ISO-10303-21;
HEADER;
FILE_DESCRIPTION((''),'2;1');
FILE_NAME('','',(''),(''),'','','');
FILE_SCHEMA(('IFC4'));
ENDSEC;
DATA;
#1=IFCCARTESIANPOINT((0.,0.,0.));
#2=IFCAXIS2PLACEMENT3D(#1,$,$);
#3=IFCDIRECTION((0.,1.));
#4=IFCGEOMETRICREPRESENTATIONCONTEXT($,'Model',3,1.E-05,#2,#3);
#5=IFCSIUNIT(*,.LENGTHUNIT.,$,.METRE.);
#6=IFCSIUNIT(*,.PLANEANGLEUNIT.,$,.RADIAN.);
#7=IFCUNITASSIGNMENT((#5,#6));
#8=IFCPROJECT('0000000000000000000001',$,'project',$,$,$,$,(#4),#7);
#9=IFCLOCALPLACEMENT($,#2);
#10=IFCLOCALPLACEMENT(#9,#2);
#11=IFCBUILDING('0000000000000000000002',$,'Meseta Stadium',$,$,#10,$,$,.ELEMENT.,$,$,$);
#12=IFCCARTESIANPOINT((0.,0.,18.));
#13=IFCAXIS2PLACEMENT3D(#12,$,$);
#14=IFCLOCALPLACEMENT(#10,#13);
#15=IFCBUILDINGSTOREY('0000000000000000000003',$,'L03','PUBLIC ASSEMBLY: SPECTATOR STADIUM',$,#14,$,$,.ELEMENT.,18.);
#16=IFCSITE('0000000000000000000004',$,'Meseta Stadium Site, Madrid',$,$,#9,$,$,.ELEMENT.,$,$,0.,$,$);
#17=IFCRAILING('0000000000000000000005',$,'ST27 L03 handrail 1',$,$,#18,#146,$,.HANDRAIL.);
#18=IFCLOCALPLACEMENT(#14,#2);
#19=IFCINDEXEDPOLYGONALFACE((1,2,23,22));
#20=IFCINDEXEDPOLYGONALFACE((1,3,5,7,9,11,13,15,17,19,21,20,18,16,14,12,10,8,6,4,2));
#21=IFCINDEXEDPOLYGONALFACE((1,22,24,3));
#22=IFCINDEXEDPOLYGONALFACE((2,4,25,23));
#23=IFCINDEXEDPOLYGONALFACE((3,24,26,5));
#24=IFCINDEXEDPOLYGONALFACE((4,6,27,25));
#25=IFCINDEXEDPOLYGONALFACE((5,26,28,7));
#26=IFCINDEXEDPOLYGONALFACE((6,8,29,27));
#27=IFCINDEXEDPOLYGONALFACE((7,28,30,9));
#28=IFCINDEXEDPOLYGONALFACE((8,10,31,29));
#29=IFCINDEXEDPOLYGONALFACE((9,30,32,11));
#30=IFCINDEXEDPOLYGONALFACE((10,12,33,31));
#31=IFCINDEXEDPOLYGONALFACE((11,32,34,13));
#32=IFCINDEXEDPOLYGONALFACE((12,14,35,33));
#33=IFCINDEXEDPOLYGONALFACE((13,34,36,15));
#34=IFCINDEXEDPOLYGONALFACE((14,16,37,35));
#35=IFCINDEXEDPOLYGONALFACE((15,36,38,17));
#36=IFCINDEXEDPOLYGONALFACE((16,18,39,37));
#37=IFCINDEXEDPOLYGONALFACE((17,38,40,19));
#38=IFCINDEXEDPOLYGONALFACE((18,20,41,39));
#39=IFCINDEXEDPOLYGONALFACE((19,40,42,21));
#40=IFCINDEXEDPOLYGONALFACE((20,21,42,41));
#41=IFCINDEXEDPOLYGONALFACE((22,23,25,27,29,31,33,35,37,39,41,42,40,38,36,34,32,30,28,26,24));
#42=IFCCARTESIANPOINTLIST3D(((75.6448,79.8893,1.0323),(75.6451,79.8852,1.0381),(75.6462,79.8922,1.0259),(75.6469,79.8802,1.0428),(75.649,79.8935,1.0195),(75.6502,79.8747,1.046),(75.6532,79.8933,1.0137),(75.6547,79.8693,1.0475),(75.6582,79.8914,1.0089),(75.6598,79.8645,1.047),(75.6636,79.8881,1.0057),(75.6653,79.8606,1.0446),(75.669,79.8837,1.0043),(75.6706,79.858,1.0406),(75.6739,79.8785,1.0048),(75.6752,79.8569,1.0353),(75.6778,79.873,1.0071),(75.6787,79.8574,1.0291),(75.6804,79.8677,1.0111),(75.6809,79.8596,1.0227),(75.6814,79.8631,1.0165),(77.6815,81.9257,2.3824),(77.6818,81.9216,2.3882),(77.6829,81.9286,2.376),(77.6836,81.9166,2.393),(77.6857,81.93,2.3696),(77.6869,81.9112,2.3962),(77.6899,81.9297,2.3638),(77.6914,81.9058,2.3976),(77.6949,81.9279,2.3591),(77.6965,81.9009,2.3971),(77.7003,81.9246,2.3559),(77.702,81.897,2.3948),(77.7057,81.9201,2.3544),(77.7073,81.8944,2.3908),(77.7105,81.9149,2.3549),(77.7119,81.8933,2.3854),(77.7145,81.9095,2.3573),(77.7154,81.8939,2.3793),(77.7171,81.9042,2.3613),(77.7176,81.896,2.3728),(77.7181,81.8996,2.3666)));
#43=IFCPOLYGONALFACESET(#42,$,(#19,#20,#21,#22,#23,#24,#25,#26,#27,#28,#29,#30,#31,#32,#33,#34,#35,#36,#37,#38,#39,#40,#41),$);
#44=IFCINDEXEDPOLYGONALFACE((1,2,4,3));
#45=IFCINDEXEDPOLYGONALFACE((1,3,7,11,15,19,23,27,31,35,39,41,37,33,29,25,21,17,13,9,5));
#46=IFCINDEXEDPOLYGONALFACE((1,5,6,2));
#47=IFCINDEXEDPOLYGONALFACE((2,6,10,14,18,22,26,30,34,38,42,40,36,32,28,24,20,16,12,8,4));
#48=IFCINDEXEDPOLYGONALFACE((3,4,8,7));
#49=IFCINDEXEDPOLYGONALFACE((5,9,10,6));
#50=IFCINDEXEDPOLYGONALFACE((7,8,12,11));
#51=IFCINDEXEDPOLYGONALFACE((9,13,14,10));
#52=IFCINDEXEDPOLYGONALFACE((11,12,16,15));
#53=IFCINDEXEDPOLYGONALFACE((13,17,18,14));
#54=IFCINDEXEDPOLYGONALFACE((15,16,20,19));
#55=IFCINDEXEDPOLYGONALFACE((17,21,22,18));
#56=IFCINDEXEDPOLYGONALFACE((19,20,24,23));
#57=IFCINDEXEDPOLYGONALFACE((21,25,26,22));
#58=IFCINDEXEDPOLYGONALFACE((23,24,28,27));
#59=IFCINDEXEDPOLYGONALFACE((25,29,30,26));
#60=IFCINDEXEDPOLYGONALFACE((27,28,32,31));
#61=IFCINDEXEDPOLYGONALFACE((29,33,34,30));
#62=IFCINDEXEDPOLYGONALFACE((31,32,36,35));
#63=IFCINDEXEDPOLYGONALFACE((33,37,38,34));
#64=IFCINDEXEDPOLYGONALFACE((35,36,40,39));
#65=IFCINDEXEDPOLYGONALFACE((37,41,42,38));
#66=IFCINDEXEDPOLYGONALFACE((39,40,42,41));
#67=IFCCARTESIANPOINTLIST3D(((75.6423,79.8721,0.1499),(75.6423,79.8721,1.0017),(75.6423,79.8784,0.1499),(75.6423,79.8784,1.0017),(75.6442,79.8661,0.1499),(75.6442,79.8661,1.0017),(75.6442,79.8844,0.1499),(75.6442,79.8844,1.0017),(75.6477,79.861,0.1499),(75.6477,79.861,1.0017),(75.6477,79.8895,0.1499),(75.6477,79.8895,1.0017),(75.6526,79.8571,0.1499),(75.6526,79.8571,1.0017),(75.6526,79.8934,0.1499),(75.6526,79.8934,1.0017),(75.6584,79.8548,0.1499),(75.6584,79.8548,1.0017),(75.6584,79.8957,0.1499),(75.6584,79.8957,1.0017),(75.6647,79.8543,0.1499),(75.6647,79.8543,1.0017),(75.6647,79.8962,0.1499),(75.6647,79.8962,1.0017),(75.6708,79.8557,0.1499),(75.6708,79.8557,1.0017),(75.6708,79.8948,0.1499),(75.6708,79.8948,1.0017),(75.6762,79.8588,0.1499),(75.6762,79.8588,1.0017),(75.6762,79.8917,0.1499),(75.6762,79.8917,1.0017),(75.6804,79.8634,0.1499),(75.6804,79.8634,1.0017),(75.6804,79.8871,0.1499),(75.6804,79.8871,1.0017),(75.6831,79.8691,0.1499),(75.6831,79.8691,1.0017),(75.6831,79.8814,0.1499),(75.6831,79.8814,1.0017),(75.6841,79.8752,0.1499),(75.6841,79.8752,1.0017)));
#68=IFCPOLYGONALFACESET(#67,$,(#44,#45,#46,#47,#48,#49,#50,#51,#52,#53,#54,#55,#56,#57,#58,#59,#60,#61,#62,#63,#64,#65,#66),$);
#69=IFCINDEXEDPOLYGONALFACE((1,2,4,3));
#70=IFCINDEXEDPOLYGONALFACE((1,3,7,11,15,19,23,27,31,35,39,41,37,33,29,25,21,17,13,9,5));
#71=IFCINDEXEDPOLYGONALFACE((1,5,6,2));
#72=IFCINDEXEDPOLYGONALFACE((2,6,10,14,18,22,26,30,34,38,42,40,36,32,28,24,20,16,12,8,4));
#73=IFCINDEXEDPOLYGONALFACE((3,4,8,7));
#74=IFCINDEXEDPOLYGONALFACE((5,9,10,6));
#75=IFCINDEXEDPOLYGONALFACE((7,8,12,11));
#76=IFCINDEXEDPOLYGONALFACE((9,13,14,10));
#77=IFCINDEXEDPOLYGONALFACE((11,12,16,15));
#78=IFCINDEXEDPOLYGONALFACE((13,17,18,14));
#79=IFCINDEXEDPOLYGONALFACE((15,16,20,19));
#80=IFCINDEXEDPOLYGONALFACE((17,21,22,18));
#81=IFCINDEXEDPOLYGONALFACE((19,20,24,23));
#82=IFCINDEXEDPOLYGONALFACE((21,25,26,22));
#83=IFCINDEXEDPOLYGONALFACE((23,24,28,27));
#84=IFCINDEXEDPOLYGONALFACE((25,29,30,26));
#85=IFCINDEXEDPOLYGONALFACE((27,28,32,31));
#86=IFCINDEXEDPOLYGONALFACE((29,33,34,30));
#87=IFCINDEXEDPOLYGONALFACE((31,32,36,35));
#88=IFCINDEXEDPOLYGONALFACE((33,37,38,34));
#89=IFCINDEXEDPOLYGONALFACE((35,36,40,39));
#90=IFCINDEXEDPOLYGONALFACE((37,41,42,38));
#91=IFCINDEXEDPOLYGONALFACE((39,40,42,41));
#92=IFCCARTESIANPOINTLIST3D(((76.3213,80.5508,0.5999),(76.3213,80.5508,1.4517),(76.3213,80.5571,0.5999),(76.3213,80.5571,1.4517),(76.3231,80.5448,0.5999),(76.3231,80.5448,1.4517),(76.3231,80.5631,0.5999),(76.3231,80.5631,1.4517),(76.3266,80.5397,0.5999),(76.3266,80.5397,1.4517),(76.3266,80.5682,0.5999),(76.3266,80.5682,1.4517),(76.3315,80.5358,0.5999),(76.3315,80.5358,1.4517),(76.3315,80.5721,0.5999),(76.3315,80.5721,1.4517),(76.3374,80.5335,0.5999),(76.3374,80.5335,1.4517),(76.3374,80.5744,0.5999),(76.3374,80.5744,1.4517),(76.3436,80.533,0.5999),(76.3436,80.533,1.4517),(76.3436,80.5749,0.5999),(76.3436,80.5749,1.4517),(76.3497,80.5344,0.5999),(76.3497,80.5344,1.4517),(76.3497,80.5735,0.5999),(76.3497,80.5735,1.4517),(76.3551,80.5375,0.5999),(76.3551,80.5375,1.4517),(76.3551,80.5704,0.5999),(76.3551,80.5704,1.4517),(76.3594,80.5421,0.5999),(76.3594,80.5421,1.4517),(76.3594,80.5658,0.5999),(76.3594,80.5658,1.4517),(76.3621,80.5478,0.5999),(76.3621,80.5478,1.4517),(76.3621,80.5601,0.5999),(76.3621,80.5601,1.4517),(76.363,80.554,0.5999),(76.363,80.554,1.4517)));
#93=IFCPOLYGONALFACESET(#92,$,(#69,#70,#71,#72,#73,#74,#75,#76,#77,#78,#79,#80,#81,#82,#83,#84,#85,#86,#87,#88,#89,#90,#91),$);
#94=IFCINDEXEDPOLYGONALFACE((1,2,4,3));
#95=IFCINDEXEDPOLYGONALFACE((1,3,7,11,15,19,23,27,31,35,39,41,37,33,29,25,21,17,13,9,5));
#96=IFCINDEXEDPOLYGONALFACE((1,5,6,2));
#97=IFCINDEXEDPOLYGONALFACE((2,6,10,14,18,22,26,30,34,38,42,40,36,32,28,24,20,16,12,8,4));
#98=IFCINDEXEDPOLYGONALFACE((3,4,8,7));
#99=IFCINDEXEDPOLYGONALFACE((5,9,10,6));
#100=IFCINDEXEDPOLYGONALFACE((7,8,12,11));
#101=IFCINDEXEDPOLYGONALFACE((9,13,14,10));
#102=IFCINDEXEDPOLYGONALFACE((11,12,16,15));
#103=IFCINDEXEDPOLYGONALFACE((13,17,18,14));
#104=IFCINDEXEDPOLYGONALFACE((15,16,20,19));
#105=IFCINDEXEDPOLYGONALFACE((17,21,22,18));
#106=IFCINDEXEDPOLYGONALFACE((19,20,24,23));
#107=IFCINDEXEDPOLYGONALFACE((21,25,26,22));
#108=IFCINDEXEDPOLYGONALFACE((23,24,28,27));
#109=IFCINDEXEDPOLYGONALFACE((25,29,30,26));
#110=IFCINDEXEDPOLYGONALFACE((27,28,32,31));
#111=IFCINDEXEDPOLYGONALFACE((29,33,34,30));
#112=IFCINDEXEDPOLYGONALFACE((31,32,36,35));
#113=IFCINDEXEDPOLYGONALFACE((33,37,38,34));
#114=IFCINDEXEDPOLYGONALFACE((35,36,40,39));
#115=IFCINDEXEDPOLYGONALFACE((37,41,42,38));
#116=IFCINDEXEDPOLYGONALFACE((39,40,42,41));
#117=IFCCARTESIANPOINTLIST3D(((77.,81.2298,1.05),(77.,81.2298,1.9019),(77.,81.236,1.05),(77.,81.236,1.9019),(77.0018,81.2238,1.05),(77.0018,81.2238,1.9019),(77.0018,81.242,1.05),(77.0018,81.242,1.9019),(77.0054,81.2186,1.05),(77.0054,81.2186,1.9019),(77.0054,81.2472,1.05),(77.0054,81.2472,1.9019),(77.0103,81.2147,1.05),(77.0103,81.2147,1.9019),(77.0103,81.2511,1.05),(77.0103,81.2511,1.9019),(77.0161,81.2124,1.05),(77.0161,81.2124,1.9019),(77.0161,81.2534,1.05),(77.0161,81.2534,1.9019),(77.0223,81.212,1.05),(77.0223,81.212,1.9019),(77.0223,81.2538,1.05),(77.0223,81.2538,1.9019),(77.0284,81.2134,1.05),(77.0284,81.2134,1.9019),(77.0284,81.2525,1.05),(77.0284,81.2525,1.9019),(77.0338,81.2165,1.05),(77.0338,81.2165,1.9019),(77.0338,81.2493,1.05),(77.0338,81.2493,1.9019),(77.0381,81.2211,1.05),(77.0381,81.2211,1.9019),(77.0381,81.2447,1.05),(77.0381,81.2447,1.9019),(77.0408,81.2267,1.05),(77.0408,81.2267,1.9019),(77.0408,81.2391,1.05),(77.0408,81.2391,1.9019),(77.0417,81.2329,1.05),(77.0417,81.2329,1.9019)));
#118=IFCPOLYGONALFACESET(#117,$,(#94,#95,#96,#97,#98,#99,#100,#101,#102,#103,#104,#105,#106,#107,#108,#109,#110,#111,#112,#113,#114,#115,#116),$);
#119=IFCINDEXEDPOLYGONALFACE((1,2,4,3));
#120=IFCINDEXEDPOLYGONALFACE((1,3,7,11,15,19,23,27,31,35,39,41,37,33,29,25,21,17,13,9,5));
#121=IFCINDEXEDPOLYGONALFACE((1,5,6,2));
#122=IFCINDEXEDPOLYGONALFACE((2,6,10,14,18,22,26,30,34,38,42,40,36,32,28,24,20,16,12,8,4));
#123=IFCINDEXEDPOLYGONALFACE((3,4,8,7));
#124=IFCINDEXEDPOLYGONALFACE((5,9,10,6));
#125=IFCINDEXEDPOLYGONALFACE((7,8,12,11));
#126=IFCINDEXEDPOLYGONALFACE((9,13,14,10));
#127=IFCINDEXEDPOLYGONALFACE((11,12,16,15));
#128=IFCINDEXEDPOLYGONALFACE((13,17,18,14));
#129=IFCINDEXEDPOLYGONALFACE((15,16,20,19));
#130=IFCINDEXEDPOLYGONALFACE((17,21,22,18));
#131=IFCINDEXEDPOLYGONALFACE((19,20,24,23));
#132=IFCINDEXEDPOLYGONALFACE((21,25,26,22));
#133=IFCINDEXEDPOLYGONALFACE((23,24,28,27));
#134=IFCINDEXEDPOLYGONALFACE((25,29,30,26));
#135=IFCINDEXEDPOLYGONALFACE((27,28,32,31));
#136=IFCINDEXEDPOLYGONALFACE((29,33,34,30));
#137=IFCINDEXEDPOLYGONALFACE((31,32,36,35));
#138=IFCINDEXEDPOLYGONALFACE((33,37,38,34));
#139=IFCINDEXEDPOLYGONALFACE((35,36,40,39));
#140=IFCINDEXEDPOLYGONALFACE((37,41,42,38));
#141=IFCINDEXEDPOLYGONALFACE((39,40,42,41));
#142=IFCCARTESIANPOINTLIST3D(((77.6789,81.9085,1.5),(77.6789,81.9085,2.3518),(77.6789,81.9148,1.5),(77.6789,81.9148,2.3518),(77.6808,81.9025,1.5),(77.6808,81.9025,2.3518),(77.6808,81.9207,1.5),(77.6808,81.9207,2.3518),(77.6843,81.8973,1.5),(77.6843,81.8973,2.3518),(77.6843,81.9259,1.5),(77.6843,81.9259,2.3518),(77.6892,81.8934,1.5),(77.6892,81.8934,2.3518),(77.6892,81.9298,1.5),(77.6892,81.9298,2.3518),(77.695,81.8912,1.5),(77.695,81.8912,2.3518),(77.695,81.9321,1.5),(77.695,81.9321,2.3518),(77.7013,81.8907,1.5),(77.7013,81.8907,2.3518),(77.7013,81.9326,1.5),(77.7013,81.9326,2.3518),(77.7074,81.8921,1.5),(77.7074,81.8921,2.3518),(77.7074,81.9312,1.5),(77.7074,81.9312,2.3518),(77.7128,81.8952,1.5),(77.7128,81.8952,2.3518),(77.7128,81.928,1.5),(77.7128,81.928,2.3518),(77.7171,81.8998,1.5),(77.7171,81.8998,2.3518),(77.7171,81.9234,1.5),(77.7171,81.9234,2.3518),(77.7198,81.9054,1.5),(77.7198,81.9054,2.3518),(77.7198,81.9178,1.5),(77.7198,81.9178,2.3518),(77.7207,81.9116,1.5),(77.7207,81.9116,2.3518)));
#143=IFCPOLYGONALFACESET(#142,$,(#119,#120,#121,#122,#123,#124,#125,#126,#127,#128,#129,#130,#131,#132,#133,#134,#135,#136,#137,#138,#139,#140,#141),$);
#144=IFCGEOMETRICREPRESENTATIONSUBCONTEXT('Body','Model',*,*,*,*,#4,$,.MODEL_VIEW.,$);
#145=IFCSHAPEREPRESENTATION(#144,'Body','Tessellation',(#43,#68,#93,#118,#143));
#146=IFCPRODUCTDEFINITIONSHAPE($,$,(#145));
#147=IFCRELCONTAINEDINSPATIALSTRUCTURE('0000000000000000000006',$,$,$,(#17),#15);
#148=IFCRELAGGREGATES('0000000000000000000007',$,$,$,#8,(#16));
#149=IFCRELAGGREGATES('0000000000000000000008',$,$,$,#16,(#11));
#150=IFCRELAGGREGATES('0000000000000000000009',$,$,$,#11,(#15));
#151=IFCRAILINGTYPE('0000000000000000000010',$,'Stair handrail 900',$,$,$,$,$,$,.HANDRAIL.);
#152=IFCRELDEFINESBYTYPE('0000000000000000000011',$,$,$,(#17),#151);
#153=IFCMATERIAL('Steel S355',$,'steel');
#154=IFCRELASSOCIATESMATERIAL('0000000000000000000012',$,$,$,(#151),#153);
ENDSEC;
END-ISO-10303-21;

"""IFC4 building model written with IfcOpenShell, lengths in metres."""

from ifc_helpers import new_model, si_unit, direction, frame, origin, origin_2d, place, context, subcontext, project, spatial, circle, extrude, material, type_object, element, save


model = new_model("IFC4")

# Units and contexts
model_context = context("Model", 3, precision=1e-05, world=origin(), true_north=direction((0.0, 1.0)))
body_context = subcontext(model_context, "Body", "Model", "MODEL_VIEW")
ifc_project = project(units=[si_unit("LENGTHUNIT", "METRE"), si_unit("PLANEANGLEUNIT", "RADIAN")], contexts=[model_context])

# Site, building, storey
site_placement = place(None, origin())
site = spatial("IfcSite", under=ifc_project, at=site_placement, Name="Meseta Stadium Site, Madrid", CompositionType="ELEMENT", RefElevation=0.0)
building_placement = place(site_placement, origin())
building = spatial("IfcBuilding", under=site, at=building_placement, Name="Meseta Stadium", CompositionType="ELEMENT")
storey_placement = place(building_placement, frame((0.0, 0.0, 18.0)))
storey = spatial("IfcBuildingStorey", under=building, at=storey_placement, Name="L03", Description="PUBLIC ASSEMBLY: SPECTATOR STADIUM", CompositionType="ELEMENT", Elevation=18.0)

# Railing
ifc_material_1 = material(Name="Steel S355", Category="steel")
railing_type_1 = type_object("IfcRailingType", Name="Stair handrail 900", PredefinedType="HANDRAIL", material=ifc_material_1)
for number, where, name in (
    (1, (75.6631, 79.8752, 0.1499), "ST27 L03 handrail 1"),
):
    element("IfcRailing", number, at=place(storey_placement, frame(where)), inside=storey, type_object=railing_type_1, Name=name, PredefinedType="HANDRAIL", context=body_context, shape_type="SweptSolid", body=[
        extrude(circle(Radius=0.0239, at=origin_2d()), frame((0.0, 0.0, 0.876), z_axis=(0.640288, 0.640211, 0.424454), x_axis=(-0.707064, 0.707149, 0.0)), (0.0, 0.0, 1.0), 3.1809),
        extrude(circle(Radius=0.021, at=origin_2d()), origin(), (0.0, 0.0, 1.0), 0.8518),
        extrude(circle(Radius=0.021, at=origin_2d()), frame((0.679, 0.6787, 0.45)), (0.0, 0.0, 1.0), 0.8518),
        extrude(circle(Radius=0.021, at=origin_2d()), frame((1.3577, 1.3577, 0.9001)), (0.0, 0.0, 1.0), 0.8518),
        extrude(circle(Radius=0.021, at=origin_2d()), frame((2.0366, 2.0364, 1.3501)), (0.0, 0.0, 1.0), 0.8518),
    ])

save(model, "model.ifc")
